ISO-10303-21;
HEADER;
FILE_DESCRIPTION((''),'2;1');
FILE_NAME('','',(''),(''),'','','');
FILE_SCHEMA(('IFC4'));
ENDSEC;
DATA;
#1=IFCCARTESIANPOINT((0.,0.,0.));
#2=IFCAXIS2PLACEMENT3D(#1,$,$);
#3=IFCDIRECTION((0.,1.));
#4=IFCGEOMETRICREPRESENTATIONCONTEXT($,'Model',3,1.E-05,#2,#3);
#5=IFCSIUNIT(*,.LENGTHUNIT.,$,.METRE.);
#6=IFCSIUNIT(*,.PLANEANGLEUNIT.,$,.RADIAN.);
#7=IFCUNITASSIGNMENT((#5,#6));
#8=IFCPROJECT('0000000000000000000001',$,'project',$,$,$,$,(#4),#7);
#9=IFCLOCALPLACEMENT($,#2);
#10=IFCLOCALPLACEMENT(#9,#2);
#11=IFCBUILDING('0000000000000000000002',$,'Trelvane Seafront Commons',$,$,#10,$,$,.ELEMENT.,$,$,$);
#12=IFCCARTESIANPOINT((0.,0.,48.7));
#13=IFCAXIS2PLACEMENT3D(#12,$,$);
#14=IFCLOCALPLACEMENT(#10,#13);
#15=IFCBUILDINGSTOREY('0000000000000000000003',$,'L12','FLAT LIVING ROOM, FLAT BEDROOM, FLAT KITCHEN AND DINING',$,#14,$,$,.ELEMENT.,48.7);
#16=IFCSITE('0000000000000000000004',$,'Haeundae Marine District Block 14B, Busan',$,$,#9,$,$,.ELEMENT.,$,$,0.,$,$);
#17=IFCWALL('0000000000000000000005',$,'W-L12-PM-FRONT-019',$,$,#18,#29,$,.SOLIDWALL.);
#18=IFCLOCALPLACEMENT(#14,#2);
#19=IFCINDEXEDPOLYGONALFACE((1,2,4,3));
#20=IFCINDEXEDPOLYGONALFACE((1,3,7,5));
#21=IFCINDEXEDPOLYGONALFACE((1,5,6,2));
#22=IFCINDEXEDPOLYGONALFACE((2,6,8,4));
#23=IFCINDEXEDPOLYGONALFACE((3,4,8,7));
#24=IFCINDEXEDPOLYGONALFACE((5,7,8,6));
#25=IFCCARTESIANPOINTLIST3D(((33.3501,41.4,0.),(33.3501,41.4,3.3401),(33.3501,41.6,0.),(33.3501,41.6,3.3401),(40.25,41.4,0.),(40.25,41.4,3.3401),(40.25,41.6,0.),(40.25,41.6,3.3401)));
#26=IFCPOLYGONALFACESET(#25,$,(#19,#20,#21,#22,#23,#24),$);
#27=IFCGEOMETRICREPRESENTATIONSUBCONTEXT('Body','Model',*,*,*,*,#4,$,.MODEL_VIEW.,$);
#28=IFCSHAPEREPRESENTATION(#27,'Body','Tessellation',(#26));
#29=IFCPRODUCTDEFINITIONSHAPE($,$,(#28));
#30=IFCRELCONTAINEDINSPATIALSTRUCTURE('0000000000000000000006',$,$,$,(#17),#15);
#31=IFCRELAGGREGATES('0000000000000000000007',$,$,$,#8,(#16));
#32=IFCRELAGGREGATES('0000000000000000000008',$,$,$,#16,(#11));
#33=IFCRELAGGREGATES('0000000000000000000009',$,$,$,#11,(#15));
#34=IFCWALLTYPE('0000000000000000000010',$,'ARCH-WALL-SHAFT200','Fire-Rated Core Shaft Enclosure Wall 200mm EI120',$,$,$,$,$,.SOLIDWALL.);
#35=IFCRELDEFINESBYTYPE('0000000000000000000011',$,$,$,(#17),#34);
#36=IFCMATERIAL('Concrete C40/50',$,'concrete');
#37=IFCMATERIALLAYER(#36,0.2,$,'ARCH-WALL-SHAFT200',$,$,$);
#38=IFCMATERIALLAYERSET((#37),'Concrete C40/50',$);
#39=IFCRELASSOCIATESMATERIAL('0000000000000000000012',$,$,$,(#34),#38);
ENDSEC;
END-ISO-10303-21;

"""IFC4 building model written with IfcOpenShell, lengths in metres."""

from ifc_helpers import new_model, si_unit, direction, frame, frame_2d, origin, place, context, subcontext, project, spatial, rectangle, extrude, material, layer, layer_set, type_object, element, save


model = new_model("IFC4")

# Units and contexts
model_context = context("Model", 3, precision=1e-05, world=origin(), true_north=direction((0.0, 1.0)))
body_context = subcontext(model_context, "Body", "Model", "MODEL_VIEW")
ifc_project = project(units=[si_unit("LENGTHUNIT", "METRE"), si_unit("PLANEANGLEUNIT", "RADIAN")], contexts=[model_context])

# Site, building, storey
site_placement = place(None, origin())
site = spatial("IfcSite", under=ifc_project, at=site_placement, Name="Haeundae Marine District Block 14B, Busan", CompositionType="ELEMENT", RefElevation=0.0)
building_placement = place(site_placement, origin())
building = spatial("IfcBuilding", under=site, at=building_placement, Name="Trelvane Seafront Commons", CompositionType="ELEMENT")
storey_placement = place(building_placement, frame((0.0, 0.0, 48.7)))
storey = spatial("IfcBuildingStorey", under=building, at=storey_placement, Name="L12", Description="FLAT LIVING ROOM, FLAT BEDROOM, FLAT KITCHEN AND DINING", CompositionType="ELEMENT", Elevation=48.7)

# Shared definitions
ifc_material_1 = material(Name="Concrete C40/50", Category="concrete")

# Shared definitions
ifc_layer_1 = layer(ifc_material_1, 0.2, Name="ARCH-WALL-SHAFT200")
ifc_layer_set_1 = layer_set([ifc_layer_1], Name="Concrete C40/50")
wall_type_1 = type_object("IfcWallType", Name="ARCH-WALL-SHAFT200", Description="Fire-Rated Core Shaft Enclosure Wall 200mm EI120", PredefinedType="SOLIDWALL", material=ifc_layer_set_1)

# Wall
wall_1_placement = place(storey_placement, frame((33.3501, 41.5, 0.0), z_axis=(0.0, 0.0, 1.0), x_axis=(1.0, 0.0, 0.0)))
element("IfcWall", 1, at=wall_1_placement, inside=storey, type_object=wall_type_1, Name="W-L12-PM-FRONT-019", PredefinedType="SOLIDWALL", context=body_context, shape_type="SweptSolid", body=[
    extrude(rectangle(XDim=6.8999, YDim=0.2, at=frame_2d((3.45, 0.0))), origin(), (0.0, 0.0, 1.0), 3.3401),
])

save(model, "model.ifc")
